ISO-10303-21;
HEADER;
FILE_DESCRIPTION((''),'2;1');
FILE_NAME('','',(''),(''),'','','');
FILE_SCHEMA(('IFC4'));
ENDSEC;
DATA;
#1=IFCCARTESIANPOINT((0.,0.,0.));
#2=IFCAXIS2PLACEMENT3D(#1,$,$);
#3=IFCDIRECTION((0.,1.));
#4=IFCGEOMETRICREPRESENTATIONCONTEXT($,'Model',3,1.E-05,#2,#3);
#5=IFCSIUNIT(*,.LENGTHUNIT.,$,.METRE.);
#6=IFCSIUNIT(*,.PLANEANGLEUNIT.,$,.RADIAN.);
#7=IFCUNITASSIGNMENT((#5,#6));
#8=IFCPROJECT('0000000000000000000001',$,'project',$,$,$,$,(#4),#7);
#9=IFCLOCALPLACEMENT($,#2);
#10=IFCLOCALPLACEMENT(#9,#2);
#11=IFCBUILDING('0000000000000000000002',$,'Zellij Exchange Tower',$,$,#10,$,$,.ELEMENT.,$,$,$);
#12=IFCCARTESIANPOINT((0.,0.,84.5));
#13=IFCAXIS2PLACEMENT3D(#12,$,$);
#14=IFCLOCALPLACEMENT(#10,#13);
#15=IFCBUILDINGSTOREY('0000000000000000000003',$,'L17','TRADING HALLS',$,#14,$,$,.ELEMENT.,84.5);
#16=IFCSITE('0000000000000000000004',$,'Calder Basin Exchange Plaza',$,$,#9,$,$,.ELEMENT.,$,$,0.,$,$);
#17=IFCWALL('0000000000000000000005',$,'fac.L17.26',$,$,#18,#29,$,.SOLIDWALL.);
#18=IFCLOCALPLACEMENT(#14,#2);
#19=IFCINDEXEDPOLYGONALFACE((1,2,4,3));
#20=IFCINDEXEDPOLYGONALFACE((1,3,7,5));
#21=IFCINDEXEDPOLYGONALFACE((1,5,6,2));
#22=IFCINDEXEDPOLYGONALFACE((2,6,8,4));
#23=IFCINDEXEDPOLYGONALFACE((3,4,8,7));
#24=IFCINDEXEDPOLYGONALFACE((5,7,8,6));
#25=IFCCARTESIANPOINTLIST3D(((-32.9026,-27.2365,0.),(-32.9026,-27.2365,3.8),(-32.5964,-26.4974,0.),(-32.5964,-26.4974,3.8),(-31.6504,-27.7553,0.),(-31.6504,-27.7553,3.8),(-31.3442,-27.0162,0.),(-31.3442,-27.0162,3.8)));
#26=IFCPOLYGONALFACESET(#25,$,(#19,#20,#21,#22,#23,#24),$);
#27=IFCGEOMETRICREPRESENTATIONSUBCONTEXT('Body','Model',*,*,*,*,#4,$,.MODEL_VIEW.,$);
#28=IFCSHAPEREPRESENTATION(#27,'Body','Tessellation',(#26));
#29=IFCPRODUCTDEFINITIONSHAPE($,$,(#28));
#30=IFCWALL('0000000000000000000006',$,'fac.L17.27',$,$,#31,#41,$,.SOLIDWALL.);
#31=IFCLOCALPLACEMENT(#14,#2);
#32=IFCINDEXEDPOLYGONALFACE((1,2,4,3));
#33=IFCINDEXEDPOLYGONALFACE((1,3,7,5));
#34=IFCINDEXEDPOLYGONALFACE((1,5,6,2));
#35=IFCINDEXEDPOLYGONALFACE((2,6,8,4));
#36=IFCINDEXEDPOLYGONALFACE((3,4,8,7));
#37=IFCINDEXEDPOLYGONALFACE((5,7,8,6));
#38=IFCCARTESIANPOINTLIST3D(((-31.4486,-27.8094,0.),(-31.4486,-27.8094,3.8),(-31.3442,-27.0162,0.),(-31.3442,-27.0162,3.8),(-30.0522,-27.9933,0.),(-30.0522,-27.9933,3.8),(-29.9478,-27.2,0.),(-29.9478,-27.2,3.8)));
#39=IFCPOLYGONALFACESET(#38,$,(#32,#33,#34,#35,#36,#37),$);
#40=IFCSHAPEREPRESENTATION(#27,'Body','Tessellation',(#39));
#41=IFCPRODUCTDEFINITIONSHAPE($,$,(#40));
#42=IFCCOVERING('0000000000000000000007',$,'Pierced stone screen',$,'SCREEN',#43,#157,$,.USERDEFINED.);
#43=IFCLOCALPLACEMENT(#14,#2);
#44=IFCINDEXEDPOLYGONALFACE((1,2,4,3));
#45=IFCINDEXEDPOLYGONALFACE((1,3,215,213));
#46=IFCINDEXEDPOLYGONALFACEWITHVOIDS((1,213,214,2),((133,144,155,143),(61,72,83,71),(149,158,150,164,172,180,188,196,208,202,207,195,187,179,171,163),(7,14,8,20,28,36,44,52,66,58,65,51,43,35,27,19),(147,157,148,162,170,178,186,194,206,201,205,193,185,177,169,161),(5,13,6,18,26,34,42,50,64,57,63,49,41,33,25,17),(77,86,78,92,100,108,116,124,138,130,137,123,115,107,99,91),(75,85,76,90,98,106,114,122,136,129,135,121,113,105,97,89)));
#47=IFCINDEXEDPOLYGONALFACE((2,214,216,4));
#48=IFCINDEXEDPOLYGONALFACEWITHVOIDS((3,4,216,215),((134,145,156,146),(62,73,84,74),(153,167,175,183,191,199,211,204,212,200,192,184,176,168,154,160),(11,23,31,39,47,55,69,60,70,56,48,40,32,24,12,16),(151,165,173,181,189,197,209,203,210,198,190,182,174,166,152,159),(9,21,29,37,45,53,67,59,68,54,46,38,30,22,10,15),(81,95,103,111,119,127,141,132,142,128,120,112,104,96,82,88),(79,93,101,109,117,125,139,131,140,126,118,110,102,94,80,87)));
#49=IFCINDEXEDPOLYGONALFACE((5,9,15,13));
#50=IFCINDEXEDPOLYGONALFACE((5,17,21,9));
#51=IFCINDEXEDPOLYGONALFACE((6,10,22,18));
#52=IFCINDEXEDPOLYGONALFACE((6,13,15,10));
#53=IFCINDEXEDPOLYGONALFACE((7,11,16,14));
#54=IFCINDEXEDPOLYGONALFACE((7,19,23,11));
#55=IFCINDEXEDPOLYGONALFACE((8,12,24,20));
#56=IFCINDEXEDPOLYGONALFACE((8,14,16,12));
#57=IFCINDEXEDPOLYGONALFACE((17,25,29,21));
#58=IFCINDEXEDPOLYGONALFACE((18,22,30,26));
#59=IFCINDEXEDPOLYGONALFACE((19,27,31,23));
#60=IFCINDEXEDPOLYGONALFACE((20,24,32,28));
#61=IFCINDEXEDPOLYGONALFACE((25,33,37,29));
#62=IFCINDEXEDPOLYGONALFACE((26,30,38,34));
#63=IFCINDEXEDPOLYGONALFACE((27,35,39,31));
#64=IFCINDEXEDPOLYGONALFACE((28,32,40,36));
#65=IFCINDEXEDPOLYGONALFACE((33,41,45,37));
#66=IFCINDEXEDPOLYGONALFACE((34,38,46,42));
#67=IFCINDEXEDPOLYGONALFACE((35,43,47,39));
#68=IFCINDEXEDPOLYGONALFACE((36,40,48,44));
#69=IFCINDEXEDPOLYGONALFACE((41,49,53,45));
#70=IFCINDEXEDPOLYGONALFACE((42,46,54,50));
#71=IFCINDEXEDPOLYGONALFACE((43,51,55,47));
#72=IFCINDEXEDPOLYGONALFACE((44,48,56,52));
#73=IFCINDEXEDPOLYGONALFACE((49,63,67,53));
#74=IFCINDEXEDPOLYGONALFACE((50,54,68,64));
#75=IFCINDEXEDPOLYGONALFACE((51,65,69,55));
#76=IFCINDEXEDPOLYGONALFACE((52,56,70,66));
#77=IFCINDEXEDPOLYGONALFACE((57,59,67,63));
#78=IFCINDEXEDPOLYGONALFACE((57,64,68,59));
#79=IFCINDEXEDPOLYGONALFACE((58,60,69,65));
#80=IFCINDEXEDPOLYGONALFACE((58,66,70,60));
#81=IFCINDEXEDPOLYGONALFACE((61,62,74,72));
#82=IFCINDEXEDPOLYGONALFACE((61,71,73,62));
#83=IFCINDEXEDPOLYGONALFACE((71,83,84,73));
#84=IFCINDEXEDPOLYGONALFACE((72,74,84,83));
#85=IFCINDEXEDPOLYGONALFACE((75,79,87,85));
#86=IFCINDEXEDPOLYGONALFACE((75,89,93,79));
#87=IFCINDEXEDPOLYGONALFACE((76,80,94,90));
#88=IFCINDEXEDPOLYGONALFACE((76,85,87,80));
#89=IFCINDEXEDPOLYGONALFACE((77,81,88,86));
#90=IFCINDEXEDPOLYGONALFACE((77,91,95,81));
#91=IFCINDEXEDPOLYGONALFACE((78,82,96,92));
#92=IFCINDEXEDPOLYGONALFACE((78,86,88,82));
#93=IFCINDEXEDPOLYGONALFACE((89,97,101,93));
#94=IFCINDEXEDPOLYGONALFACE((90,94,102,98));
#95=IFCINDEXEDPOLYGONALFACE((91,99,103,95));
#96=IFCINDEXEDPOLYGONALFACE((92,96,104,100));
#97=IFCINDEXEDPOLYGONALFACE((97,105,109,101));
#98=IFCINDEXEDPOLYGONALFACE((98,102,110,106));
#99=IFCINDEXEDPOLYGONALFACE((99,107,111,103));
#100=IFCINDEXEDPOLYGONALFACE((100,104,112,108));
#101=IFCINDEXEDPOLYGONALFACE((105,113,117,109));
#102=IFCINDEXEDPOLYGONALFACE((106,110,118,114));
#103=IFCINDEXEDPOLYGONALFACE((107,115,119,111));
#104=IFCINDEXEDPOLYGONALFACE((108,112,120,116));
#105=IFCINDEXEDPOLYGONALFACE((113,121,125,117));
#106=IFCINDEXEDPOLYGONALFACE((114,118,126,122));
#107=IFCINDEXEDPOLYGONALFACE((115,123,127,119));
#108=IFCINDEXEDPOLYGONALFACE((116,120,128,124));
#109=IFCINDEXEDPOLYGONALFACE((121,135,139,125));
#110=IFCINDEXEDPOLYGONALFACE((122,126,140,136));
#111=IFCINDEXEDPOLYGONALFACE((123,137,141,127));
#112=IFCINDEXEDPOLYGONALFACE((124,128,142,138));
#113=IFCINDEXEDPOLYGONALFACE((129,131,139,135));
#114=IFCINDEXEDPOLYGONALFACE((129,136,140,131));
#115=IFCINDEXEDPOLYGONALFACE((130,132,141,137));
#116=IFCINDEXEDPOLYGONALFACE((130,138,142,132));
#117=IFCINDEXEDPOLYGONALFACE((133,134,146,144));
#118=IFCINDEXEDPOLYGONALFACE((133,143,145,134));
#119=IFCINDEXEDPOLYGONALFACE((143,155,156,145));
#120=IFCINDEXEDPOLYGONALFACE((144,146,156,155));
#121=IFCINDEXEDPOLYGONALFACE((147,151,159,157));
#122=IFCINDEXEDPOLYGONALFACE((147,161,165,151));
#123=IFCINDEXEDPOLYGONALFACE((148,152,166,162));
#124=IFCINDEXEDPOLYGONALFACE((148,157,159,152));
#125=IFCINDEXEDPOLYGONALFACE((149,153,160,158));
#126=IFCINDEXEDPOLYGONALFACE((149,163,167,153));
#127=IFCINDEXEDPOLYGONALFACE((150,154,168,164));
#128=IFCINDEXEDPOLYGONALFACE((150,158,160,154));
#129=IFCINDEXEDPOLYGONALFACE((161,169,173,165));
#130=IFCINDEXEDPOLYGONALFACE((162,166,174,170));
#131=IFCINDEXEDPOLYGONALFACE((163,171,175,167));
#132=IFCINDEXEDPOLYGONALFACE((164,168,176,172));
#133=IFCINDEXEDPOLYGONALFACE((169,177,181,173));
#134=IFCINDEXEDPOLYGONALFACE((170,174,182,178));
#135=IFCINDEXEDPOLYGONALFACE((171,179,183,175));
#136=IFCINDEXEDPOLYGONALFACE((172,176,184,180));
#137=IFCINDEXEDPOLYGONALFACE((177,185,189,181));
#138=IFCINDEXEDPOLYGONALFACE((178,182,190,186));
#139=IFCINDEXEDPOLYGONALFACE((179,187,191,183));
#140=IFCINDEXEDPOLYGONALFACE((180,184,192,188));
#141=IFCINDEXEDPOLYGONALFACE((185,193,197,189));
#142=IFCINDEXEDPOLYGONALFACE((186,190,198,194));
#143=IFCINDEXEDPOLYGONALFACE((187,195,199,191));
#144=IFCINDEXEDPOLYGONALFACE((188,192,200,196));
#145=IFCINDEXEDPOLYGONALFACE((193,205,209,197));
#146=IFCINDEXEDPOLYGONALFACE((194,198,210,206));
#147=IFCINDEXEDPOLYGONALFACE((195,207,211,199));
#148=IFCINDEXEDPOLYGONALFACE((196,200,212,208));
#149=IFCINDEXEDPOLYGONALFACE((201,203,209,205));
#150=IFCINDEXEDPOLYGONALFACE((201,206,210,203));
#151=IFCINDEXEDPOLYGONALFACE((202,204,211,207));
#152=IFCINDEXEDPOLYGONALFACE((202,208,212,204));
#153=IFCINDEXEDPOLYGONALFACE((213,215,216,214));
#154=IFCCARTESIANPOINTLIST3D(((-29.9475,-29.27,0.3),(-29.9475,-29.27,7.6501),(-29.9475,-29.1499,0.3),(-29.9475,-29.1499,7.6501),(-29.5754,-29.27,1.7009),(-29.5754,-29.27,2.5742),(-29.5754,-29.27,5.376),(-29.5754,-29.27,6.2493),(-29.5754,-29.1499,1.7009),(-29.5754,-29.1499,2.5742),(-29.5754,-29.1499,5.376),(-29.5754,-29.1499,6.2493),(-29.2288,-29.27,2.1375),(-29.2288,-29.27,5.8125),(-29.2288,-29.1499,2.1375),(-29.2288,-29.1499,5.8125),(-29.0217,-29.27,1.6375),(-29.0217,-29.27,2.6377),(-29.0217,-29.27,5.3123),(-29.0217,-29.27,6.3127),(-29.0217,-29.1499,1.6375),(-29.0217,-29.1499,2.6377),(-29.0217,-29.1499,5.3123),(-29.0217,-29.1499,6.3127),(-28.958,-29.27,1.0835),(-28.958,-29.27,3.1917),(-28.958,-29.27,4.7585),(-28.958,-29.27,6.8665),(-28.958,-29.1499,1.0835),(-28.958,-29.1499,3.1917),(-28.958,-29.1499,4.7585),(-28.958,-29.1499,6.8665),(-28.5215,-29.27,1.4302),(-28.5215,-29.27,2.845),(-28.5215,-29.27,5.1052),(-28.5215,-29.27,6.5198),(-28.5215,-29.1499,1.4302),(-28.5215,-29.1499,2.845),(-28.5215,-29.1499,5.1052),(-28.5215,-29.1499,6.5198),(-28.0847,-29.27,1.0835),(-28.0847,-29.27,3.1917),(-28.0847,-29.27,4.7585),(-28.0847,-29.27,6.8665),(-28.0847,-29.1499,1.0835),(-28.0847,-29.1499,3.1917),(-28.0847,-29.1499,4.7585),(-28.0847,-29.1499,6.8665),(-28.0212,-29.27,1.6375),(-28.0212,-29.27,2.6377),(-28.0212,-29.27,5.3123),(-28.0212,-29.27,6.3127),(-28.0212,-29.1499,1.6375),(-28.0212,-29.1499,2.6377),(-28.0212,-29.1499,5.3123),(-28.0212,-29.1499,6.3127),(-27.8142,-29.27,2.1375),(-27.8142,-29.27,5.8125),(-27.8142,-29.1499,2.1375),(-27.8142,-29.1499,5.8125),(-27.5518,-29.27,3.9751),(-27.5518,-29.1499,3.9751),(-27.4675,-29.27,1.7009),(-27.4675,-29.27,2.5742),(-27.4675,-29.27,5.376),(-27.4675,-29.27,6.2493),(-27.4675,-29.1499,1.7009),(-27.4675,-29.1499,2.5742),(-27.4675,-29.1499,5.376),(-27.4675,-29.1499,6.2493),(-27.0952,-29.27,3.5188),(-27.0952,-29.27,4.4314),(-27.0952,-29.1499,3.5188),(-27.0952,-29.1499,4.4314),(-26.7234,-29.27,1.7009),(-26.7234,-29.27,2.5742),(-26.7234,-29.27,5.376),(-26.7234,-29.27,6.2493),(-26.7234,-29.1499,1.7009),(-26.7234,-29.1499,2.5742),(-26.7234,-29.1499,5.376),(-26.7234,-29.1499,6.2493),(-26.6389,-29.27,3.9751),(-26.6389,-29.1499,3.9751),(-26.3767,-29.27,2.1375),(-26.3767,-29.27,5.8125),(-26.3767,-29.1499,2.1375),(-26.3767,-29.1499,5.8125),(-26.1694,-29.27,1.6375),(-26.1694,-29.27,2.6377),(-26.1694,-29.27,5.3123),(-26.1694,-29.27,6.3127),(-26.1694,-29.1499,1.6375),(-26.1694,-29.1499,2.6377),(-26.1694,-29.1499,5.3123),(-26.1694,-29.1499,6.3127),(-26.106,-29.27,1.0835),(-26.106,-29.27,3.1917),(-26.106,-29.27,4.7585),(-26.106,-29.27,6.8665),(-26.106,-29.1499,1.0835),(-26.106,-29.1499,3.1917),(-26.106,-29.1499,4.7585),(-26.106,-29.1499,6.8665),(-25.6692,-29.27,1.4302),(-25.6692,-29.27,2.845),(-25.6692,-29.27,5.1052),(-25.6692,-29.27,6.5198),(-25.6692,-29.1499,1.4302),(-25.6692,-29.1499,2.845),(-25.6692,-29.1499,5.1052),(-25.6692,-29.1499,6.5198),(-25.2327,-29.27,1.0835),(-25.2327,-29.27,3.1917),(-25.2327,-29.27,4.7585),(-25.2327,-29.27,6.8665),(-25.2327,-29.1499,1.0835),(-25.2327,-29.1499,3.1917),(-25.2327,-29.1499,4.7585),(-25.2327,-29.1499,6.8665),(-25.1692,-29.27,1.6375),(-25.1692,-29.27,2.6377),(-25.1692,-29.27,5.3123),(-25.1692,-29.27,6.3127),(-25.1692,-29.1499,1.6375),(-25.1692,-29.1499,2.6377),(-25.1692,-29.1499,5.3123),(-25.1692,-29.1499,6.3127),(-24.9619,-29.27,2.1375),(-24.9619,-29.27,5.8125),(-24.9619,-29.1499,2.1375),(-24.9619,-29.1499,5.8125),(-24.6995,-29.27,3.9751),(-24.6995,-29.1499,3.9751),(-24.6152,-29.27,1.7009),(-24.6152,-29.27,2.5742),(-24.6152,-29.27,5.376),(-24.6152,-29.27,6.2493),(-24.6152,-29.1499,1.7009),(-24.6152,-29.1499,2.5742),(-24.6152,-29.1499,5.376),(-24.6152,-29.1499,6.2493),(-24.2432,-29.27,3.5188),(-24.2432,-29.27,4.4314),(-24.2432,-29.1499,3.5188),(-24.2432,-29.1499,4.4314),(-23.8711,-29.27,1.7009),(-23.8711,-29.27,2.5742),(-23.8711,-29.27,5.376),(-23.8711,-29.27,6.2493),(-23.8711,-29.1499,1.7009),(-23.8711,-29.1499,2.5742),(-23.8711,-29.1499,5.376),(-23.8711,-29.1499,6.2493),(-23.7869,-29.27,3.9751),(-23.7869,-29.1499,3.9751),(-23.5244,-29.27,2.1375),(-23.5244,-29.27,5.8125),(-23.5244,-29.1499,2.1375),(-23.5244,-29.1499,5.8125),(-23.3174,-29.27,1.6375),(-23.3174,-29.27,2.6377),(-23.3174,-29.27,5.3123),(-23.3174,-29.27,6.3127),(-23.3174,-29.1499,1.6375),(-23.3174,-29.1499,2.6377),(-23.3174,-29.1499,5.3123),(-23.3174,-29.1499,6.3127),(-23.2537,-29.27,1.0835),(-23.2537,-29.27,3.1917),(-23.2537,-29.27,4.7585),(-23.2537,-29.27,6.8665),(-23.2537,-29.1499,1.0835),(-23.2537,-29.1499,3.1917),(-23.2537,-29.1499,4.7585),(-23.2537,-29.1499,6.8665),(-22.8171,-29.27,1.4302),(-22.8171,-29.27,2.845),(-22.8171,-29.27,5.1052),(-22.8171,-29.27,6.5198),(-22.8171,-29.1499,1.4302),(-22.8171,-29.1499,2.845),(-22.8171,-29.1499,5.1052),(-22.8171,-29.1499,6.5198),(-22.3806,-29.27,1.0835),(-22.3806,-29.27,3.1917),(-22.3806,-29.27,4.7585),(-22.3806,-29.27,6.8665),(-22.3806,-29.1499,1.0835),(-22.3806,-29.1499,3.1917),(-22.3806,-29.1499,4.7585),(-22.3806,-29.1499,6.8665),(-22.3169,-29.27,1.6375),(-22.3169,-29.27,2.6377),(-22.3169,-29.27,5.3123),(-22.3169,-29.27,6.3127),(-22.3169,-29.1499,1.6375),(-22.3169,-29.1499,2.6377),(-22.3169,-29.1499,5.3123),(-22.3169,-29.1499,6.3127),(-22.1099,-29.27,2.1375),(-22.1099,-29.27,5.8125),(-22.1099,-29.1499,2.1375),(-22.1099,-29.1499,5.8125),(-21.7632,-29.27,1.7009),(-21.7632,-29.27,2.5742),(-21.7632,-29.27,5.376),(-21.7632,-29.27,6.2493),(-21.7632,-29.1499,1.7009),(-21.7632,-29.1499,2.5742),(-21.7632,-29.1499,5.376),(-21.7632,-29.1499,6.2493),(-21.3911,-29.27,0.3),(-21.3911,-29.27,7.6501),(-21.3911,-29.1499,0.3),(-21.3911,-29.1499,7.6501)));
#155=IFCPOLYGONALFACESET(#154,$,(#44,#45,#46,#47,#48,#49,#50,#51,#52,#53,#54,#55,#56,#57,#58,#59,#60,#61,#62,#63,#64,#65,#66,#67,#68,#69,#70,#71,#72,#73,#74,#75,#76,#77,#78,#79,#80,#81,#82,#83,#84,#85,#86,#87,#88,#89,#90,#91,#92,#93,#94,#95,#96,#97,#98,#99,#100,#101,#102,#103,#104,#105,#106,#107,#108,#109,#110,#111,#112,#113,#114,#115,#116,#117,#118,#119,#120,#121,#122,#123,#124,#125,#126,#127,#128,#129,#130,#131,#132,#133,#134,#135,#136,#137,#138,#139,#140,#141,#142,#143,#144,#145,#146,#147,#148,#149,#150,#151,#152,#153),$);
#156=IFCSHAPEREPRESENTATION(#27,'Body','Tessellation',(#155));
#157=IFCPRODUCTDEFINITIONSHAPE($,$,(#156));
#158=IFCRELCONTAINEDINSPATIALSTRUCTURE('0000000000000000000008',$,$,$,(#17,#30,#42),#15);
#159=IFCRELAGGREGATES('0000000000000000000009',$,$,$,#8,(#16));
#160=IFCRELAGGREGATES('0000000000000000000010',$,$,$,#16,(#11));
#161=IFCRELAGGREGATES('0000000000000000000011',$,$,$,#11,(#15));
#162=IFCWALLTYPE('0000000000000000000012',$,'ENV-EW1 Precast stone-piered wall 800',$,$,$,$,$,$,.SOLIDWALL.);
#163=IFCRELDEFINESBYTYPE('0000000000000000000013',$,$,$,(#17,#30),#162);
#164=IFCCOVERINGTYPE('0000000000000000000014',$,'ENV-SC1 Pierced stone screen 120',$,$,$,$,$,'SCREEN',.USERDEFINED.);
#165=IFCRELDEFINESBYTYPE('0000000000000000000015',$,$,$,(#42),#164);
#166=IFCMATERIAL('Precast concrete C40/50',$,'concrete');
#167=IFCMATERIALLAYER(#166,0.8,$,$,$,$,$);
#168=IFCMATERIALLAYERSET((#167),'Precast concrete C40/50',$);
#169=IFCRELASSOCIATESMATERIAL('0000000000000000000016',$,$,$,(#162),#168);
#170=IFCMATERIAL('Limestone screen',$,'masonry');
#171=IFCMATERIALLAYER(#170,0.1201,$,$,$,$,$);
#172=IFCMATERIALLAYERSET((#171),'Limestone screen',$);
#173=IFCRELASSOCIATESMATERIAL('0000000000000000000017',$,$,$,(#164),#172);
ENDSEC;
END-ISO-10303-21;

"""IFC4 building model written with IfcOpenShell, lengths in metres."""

from ifc_helpers import new_model, si_unit, direction, frame, frame_2d, origin, place, context, subcontext, project, spatial, polyline, rectangle, outline, extrude, material, layer, layer_set, type_object, element, save


model = new_model("IFC4")

# Units and contexts
model_context = context("Model", 3, precision=1e-05, world=origin(), true_north=direction((0.0, 1.0)))
body_context = subcontext(model_context, "Body", "Model", "MODEL_VIEW")
ifc_project = project(units=[si_unit("LENGTHUNIT", "METRE"), si_unit("PLANEANGLEUNIT", "RADIAN")], contexts=[model_context])

# Site, building, storey
site_placement = place(None, origin())
site = spatial("IfcSite", under=ifc_project, at=site_placement, Name="Calder Basin Exchange Plaza", CompositionType="ELEMENT", RefElevation=0.0)
building_placement = place(site_placement, origin())
building = spatial("IfcBuilding", under=site, at=building_placement, Name="Zellij Exchange Tower", CompositionType="ELEMENT")
storey_placement = place(building_placement, frame((0.0, 0.0, 84.5)))
storey = spatial("IfcBuildingStorey", under=building, at=storey_placement, Name="L17", Description="TRADING HALLS", CompositionType="ELEMENT", Elevation=84.5)

# Walls
ifc_material_1 = material(Name="Precast concrete C40/50", Category="concrete")
ifc_layer_1 = layer(ifc_material_1, 0.8)
ifc_layer_set_1 = layer_set([ifc_layer_1], Name="Precast concrete C40/50")
wall_type = type_object("IfcWallType", Name="ENV-EW1 Precast stone-piered wall 800", PredefinedType="SOLIDWALL", material=ifc_layer_set_1)
wall_1_placement = place(storey_placement, frame((-32.7495, -26.8669, 0.0), z_axis=(0.0, 0.0, 1.0), x_axis=(0.923848, -0.38276, 0.0)))
element("IfcWall", 1, at=wall_1_placement, inside=storey, type_object=wall_type, Name="fac.L17.26", PredefinedType="SOLIDWALL", context=body_context, shape_type="SweptSolid", body=[
    extrude(rectangle(XDim=1.3555, YDim=0.8, at=frame_2d((0.6777, 0.0))), origin(), (0.0, 0.0, 1.0), 3.8),
])
wall_2_placement = place(storey_placement, frame((-31.3962, -27.4128, 0.0), z_axis=(0.0, 0.0, 1.0), x_axis=(0.991446, -0.130517, 0.0)))
element("IfcWall", 2, at=wall_2_placement, inside=storey, type_object=wall_type, Name="fac.L17.27", PredefinedType="SOLIDWALL", context=body_context, shape_type="SweptSolid", body=[
    extrude(rectangle(XDim=1.4084, YDim=0.8, at=frame_2d((0.7041, 0.0))), origin(), (0.0, 0.0, 1.0), 3.8),
])

# Covering
ifc_material_2 = material(Name="Limestone screen", Category="masonry")
ifc_layer_2 = layer(ifc_material_2, 0.1201)
ifc_layer_set_2 = layer_set([ifc_layer_2], Name="Limestone screen")
covering_type = type_object("IfcCoveringType", Name="ENV-SC1 Pierced stone screen 120", ElementType="SCREEN", PredefinedType="USERDEFINED", material=ifc_layer_set_2)
covering_1_placement = place(storey_placement, frame((-29.9475, -29.21, 0.3), z_axis=(0.0, 0.0, 1.0), x_axis=(1.0, 0.0, 0.0)))
element("IfcCovering", 3, at=covering_1_placement, inside=storey, type_object=covering_type, Name="Pierced stone screen", ObjectType="SCREEN", PredefinedType="USERDEFINED", context=body_context, shape_type="SweptSolid", body=[
    extrude(outline(polyline([(0.0, 0.0), (8.5564, 0.0), (8.5564, 7.3501), (0.0, 7.3501), (0.0, 0.0)]), holes=[polyline([(2.48, 2.2742), (1.9263, 2.3376), (1.8628, 2.8916), (1.426, 2.5449), (0.9895, 2.8916), (0.9258, 2.3376), (0.3721, 2.2742), (0.7188, 1.8374), (0.3721, 1.4009), (0.9258, 1.3374), (0.9895, 0.7834), (1.426, 1.1301), (1.8628, 0.7834), (1.9263, 1.3374), (2.48, 1.4009), (2.1333, 1.8374), (2.48, 2.2742)]), polyline([(2.48, 5.9492), (1.9263, 6.0127), (1.8628, 6.5664), (1.426, 6.2197), (0.9895, 6.5664), (0.9258, 6.0127), (0.3721, 5.9492), (0.7188, 5.5125), (0.3721, 5.0759), (0.9258, 5.0122), (0.9895, 4.4585), (1.426, 4.8052), (1.8628, 4.4585), (1.9263, 5.0122), (2.48, 5.0759), (2.1333, 5.5125), (2.48, 5.9492)]), polyline([(5.3323, 2.2742), (4.7783, 2.3376), (4.7148, 2.8916), (4.2783, 2.5449), (3.8416, 2.8916), (3.7781, 2.3376), (3.2241, 2.2742), (3.5708, 1.8374), (3.2241, 1.4009), (3.7781, 1.3374), (3.8416, 0.7834), (4.2783, 1.1301), (4.7148, 0.7834), (4.7783, 1.3374), (5.3323, 1.4009), (4.9856, 1.8374), (5.3323, 2.2742)]), polyline([(5.3323, 5.9492), (4.7783, 6.0127), (4.7148, 6.5664), (4.2783, 6.2197), (3.8416, 6.5664), (3.7781, 6.0127), (3.2241, 5.9492), (3.5708, 5.5125), (3.2241, 5.0759), (3.7781, 5.0122), (3.8416, 4.4585), (4.2783, 4.8052), (4.7148, 4.4585), (4.7783, 5.0122), (5.3323, 5.0759), (4.9856, 5.5125), (5.3323, 5.9492)]), polyline([(8.1843, 2.2742), (7.6306, 2.3376), (7.5669, 2.8916), (7.1304, 2.5449), (6.6938, 2.8916), (6.6301, 2.3376), (6.0764, 2.2742), (6.4231, 1.8374), (6.0764, 1.4009), (6.6301, 1.3374), (6.6938, 0.7834), (7.1304, 1.1301), (7.5669, 0.7834), (7.6306, 1.3374), (8.1843, 1.4009), (7.8376, 1.8374), (8.1843, 2.2742)]), polyline([(8.1843, 5.9492), (7.6306, 6.0127), (7.5669, 6.5664), (7.1304, 6.2197), (6.6938, 6.5664), (6.6301, 6.0127), (6.0764, 5.9492), (6.4231, 5.5125), (6.0764, 5.0759), (6.6301, 5.0122), (6.6938, 4.4585), (7.1304, 4.8052), (7.5669, 4.4585), (7.6306, 5.0122), (8.1843, 5.0759), (7.8376, 5.5125), (8.1843, 5.9492)]), polyline([(3.3086, 3.675), (2.8523, 4.1313), (2.3958, 3.675), (2.8523, 3.2188), (3.3086, 3.675)]), polyline([(6.1606, 3.675), (5.7043, 4.1313), (5.248, 3.675), (5.7043, 3.2188), (6.1606, 3.675)])]), frame((0.0, 0.0601, 0.0), z_axis=(0.0, -1.0, 0.0), x_axis=(1.0, 0.0, 0.0)), (0.0, 0.0, 1.0), 0.1201),
])

save(model, "model.ifc")
